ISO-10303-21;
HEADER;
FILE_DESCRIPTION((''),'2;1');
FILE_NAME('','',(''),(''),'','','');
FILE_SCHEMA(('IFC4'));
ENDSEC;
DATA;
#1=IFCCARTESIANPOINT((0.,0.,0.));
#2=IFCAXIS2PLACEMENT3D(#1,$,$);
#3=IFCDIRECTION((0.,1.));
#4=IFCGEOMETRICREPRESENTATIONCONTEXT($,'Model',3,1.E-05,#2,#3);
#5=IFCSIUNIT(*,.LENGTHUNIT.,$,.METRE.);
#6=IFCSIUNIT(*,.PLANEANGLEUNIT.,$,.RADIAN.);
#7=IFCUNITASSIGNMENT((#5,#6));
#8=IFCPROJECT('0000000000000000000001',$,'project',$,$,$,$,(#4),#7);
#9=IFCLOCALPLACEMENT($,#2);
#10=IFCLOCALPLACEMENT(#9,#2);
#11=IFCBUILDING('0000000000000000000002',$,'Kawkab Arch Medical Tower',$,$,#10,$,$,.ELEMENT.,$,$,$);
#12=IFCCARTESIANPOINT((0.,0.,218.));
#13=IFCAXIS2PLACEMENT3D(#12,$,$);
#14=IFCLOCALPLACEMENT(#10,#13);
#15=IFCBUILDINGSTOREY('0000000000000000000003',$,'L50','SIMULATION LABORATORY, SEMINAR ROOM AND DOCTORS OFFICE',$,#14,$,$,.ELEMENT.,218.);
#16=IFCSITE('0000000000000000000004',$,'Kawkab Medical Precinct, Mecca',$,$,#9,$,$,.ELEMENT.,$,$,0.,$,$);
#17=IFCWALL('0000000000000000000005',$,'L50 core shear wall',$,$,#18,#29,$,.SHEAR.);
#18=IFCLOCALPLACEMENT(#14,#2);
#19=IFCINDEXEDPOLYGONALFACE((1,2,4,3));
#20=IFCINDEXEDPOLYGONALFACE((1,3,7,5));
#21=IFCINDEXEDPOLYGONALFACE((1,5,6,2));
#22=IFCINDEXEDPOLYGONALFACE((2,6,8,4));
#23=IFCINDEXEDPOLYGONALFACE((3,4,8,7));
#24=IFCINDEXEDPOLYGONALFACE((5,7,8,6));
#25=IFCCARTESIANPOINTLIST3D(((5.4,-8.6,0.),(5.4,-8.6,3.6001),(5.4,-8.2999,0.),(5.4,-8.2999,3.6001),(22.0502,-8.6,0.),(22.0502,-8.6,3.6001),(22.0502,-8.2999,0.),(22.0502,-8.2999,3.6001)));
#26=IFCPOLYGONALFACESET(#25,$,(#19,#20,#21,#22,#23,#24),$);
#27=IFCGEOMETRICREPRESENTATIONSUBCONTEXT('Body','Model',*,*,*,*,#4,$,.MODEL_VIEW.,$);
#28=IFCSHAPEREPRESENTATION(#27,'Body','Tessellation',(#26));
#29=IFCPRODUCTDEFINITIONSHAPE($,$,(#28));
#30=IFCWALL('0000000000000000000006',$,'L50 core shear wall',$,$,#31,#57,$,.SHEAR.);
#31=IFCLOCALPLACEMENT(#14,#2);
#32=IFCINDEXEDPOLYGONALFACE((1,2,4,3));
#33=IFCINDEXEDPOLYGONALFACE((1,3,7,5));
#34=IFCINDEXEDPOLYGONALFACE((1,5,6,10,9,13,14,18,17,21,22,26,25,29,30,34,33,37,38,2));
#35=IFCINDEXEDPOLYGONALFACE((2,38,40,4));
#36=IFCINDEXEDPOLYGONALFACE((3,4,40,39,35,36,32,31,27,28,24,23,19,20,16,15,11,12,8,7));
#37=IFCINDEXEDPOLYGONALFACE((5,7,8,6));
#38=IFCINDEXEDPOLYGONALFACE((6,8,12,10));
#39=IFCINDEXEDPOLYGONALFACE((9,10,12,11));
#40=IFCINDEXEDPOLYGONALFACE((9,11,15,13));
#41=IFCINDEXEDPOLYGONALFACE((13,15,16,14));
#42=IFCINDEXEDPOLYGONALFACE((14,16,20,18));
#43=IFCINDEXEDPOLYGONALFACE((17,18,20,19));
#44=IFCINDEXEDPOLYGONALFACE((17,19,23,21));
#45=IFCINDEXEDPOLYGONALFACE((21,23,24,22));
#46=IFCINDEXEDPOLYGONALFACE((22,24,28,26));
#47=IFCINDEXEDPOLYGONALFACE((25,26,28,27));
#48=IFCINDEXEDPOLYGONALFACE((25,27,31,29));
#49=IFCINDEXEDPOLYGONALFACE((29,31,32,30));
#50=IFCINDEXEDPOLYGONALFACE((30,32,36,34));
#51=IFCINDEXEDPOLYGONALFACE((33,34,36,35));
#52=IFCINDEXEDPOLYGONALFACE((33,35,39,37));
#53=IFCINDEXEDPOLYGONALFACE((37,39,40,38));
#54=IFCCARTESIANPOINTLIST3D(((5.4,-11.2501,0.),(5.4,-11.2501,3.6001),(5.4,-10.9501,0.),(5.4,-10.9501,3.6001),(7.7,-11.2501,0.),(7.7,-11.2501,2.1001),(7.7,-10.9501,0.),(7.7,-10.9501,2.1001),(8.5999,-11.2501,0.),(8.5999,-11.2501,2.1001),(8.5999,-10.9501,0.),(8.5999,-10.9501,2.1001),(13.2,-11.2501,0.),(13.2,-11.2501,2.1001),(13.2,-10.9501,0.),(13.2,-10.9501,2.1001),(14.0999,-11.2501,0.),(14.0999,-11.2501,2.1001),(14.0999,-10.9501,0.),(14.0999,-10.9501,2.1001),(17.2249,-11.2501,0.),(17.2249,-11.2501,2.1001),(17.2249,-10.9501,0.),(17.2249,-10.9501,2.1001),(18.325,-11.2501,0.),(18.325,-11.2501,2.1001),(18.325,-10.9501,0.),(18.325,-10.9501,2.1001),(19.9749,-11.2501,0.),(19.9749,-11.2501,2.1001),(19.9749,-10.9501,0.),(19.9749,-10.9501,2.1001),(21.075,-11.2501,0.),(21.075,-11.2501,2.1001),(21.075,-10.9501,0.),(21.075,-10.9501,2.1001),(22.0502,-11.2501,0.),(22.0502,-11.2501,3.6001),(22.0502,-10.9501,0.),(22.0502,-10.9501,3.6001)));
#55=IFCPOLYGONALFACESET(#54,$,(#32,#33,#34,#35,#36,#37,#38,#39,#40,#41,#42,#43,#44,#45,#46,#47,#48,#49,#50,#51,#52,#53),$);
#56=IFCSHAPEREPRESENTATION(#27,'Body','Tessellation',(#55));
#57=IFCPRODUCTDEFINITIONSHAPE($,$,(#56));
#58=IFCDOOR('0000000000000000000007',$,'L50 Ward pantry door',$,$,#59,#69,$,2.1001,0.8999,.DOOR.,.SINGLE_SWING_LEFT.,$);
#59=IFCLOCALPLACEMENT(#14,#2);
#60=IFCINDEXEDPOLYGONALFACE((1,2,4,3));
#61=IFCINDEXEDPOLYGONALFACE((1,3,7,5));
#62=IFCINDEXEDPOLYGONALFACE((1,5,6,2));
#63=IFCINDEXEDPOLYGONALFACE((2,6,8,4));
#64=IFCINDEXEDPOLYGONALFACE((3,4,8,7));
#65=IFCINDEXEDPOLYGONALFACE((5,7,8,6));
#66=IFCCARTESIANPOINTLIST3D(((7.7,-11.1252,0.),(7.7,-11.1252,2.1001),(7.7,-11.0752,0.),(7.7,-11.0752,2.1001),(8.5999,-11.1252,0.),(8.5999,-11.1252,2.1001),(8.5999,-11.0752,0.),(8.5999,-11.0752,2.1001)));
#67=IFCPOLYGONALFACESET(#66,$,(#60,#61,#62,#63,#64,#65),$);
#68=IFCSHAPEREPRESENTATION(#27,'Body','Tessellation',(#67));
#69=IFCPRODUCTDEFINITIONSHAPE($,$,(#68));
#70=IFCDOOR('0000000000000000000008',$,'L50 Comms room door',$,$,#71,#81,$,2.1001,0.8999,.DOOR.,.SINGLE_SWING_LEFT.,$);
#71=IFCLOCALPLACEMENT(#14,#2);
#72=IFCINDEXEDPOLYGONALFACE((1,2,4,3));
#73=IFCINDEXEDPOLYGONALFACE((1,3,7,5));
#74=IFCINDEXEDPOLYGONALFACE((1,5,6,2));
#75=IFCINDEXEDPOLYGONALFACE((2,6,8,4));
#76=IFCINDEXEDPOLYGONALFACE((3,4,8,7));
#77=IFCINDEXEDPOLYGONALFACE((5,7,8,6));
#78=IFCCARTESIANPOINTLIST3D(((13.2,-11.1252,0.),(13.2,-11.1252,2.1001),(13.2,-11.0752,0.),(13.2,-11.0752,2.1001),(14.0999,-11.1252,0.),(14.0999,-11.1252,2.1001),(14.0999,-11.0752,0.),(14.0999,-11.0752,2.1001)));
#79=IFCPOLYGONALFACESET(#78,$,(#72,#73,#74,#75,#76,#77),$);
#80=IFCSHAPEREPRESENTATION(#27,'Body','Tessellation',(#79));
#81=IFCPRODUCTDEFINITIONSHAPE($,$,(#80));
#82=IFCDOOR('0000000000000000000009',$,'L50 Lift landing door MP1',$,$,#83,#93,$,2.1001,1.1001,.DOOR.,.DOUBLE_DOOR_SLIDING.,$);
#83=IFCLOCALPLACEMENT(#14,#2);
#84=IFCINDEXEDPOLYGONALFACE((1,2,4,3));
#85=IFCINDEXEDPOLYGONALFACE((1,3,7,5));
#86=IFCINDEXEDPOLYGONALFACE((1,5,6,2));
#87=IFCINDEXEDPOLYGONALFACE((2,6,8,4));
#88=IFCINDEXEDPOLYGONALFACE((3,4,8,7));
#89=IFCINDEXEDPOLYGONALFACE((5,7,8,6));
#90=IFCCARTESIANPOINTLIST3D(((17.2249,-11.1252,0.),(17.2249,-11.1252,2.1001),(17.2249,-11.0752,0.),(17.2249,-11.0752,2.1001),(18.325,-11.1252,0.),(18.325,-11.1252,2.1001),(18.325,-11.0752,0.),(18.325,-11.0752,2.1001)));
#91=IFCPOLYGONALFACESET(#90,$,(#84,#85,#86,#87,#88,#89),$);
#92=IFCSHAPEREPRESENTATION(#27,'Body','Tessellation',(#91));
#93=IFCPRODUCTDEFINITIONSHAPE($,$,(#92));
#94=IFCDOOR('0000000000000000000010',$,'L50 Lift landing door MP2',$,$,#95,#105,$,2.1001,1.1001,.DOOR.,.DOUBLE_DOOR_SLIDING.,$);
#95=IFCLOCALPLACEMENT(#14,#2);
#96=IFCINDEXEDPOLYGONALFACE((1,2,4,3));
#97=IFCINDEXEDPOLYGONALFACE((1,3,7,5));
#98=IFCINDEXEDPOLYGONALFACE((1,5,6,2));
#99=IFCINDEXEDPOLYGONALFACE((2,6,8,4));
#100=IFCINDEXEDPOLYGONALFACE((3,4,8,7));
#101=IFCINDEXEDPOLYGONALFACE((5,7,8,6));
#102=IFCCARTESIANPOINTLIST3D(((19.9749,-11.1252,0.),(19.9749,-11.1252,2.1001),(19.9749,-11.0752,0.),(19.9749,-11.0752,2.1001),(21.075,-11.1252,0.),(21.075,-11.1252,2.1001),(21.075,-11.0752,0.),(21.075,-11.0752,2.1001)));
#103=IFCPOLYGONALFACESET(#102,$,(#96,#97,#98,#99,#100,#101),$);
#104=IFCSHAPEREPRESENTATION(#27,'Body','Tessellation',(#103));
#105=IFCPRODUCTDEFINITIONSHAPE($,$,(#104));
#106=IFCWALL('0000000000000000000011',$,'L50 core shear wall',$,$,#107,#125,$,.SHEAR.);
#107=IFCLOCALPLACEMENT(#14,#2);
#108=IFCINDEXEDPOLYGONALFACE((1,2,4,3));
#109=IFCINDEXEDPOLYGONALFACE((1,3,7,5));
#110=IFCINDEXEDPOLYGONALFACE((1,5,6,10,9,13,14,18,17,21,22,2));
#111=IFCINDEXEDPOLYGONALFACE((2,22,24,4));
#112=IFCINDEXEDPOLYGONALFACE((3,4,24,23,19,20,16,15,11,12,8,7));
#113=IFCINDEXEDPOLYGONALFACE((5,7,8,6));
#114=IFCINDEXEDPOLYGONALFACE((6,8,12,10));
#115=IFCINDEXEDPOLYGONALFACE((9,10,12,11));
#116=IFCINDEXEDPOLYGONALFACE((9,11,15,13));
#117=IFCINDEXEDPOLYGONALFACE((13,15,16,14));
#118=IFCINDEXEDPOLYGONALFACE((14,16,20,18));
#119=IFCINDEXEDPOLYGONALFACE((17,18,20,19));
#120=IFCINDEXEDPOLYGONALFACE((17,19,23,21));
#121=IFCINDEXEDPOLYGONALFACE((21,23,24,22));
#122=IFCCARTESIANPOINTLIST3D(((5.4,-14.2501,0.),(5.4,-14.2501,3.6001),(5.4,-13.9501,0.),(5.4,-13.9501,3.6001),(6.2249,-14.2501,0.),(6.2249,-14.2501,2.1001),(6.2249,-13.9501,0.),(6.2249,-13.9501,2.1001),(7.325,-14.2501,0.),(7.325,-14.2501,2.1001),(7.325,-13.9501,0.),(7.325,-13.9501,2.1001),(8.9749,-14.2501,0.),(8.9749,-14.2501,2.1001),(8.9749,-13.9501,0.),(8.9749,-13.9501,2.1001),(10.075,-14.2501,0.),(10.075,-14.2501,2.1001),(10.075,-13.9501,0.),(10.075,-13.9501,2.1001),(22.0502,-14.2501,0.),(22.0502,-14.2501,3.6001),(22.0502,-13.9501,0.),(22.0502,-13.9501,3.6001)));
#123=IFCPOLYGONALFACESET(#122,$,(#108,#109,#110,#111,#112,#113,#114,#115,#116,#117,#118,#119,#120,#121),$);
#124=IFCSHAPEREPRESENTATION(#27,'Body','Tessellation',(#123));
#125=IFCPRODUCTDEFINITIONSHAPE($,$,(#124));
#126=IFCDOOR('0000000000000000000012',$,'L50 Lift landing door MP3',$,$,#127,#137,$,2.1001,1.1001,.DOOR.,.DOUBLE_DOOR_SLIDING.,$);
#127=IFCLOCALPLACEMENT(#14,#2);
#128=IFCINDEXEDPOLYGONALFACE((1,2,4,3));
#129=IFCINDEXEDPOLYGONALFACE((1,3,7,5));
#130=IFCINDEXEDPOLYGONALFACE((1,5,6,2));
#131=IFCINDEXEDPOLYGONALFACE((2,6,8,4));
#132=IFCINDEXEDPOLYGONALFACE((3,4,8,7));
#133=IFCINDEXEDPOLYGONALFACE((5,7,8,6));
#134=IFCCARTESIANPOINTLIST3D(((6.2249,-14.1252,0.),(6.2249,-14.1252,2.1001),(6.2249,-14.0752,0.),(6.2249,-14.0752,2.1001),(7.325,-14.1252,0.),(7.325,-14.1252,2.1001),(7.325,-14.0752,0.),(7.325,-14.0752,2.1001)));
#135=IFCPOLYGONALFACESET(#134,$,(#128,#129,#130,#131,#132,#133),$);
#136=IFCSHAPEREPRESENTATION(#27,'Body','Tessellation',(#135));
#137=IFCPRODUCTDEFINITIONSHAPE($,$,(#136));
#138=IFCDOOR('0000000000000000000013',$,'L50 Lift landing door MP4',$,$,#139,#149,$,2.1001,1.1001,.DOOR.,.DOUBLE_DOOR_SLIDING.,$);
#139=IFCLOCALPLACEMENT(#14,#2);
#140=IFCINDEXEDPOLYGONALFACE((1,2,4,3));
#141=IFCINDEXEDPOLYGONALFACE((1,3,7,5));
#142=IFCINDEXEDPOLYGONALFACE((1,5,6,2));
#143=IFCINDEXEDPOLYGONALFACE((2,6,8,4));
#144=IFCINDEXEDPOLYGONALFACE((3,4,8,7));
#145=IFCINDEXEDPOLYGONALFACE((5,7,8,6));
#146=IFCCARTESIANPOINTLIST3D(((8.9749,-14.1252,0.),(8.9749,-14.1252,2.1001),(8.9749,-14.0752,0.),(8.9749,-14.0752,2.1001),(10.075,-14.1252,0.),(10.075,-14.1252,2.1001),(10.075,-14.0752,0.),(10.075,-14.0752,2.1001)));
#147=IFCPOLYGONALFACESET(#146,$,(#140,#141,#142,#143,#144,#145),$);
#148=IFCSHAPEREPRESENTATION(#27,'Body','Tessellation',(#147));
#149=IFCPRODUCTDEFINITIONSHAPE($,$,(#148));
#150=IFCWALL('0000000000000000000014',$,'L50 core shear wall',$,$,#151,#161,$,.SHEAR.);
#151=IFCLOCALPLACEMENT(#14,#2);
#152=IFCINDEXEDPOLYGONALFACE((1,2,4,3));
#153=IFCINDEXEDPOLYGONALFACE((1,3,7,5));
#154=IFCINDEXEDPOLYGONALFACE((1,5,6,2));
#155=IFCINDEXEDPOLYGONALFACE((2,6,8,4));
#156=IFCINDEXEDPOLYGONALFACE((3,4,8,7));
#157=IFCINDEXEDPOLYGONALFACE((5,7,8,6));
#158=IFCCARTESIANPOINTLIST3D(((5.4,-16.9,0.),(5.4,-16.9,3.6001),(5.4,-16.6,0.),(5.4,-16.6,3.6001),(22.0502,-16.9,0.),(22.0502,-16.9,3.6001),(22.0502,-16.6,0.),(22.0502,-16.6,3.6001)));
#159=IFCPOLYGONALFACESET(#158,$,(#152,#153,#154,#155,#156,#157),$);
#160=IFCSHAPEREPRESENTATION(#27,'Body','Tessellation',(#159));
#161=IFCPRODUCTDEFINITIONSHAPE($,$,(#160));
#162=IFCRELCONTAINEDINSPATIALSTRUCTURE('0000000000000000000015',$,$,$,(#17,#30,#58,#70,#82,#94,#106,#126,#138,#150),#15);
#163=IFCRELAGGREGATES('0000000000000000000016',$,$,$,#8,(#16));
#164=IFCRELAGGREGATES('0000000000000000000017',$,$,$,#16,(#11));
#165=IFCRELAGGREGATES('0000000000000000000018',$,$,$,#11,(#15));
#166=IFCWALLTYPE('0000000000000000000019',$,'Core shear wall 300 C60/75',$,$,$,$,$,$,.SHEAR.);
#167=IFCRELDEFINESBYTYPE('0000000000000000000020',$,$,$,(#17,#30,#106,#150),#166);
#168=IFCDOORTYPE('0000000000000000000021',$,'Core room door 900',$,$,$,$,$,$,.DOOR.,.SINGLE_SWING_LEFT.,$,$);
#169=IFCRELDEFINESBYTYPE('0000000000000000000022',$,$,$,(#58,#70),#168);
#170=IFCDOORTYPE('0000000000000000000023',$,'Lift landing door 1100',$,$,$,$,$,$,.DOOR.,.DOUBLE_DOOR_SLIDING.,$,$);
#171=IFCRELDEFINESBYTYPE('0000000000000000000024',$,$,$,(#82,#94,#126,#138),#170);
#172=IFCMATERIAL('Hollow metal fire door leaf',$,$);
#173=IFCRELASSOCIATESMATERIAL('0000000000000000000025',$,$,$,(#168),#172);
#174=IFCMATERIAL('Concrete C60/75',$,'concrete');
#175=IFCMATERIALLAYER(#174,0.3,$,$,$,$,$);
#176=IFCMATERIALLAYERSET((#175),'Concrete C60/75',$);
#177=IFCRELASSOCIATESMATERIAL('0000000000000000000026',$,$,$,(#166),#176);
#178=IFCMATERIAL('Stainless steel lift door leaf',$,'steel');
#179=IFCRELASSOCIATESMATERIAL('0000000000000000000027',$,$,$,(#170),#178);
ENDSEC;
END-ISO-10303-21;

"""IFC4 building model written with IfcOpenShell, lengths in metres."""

from ifc_helpers import new_model, si_unit, direction, frame, frame_2d, origin, place, context, subcontext, project, spatial, rectangle, extrude, material, layer, layer_set, type_object, element, fill, save


model = new_model("IFC4")

# Units and contexts
model_context = context("Model", 3, precision=1e-05, world=origin(), true_north=direction((0.0, 1.0)))
body_context = subcontext(model_context, "Body", "Model", "MODEL_VIEW")
ifc_project = project(units=[si_unit("LENGTHUNIT", "METRE"), si_unit("PLANEANGLEUNIT", "RADIAN")], contexts=[model_context])

# Site, building, storey
site_placement = place(None, origin())
site = spatial("IfcSite", under=ifc_project, at=site_placement, Name="Kawkab Medical Precinct, Mecca", CompositionType="ELEMENT", RefElevation=0.0)
building_placement = place(site_placement, origin())
building = spatial("IfcBuilding", under=site, at=building_placement, Name="Kawkab Arch Medical Tower", CompositionType="ELEMENT")
storey_placement = place(building_placement, frame((0.0, 0.0, 218.0)))
storey = spatial("IfcBuildingStorey", under=building, at=storey_placement, Name="L50", Description="SIMULATION LABORATORY, SEMINAR ROOM AND DOCTORS OFFICE", CompositionType="ELEMENT", Elevation=218.0)

# Shared definitions
ifc_material_1 = material(Name="Hollow metal fire door leaf")
door_type_1 = type_object("IfcDoorType", Name="Core room door 900", OperationType="SINGLE_SWING_LEFT", PredefinedType="DOOR", material=ifc_material_1)

# Wall
ifc_material_2 = material(Name="Concrete C60/75", Category="concrete")
ifc_layer_1 = layer(ifc_material_2, 0.3)
ifc_layer_set_1 = layer_set([ifc_layer_1], Name="Concrete C60/75")
wall_type_1 = type_object("IfcWallType", Name="Core shear wall 300 C60/75", PredefinedType="SHEAR", material=ifc_layer_set_1)
wall_1_placement = place(storey_placement, frame((5.3999, -8.45, 0.0), z_axis=(0.0, 0.0, 1.0), x_axis=(1.0, 0.0, 0.0)))
element("IfcWall", 1, at=wall_1_placement, inside=storey, type_object=wall_type_1, Name="L50 core shear wall", PredefinedType="SHEAR", context=body_context, shape_type="SweptSolid", body=[
    extrude(rectangle(XDim=16.6501, YDim=0.3, at=frame_2d((8.3252, 0.0))), origin(), (0.0, 0.0, 1.0), 3.6001),
])

# Walls, openings, doors
wall_2_placement = place(storey_placement, frame((5.3999, -11.1001, 0.0), z_axis=(0.0, 0.0, 1.0), x_axis=(1.0, 0.0, 0.0)))
wall_2 = element("IfcWall", 2, at=wall_2_placement, inside=storey, type_object=wall_type_1, Name="L50 core shear wall", PredefinedType="SHEAR", context=body_context, shape_type="SweptSolid", body=[
    extrude(rectangle(XDim=16.6501, YDim=0.3, at=frame_2d((8.3252, 0.0))), origin(), (0.0, 0.0, 1.0), 3.6001),
])
opening_1_placement = place(wall_2_placement, frame((11.825, 0.0, 0.0)))
opening_1 = element("IfcOpeningElement", 3, at=opening_1_placement, cuts=wall_2, PredefinedType="OPENING", context=body_context, shape_type="SweptSolid", body=[
    extrude(rectangle(XDim=1.1001, YDim=2.1001, at=frame_2d((0.55, 1.05))), frame((0.0, 0.1599, 0.0), z_axis=(0.0, -1.0, 0.0), x_axis=(1.0, 0.0, 0.0)), (0.0, 0.0, 1.0), 0.3201),
])
opening_2_placement = place(wall_2_placement, frame((14.575, 0.0, 0.0)))
opening_2 = element("IfcOpeningElement", 4, at=opening_2_placement, cuts=wall_2, PredefinedType="OPENING", context=body_context, shape_type="SweptSolid", body=[
    extrude(rectangle(XDim=1.1001, YDim=2.1001, at=frame_2d((0.55, 1.05))), frame((0.0, 0.1599, 0.0), z_axis=(0.0, -1.0, 0.0), x_axis=(1.0, 0.0, 0.0)), (0.0, 0.0, 1.0), 0.3201),
])
opening_3_placement = place(wall_2_placement, frame((2.3, 0.0, 0.0)))
opening_3 = element("IfcOpeningElement", 5, at=opening_3_placement, cuts=wall_2, PredefinedType="OPENING", context=body_context, shape_type="SweptSolid", body=[
    extrude(rectangle(XDim=0.8999, YDim=2.1001, at=frame_2d((0.45, 1.05))), frame((0.0, 0.1599, 0.0), z_axis=(0.0, -1.0, 0.0), x_axis=(1.0, 0.0, 0.0)), (0.0, 0.0, 1.0), 0.3201),
])
opening_4_placement = place(wall_2_placement, frame((7.8, 0.0, 0.0)))
opening_4 = element("IfcOpeningElement", 6, at=opening_4_placement, cuts=wall_2, PredefinedType="OPENING", context=body_context, shape_type="SweptSolid", body=[
    extrude(rectangle(XDim=0.8999, YDim=2.1001, at=frame_2d((0.45, 1.05))), frame((0.0, 0.1599, 0.0), z_axis=(0.0, -1.0, 0.0), x_axis=(1.0, 0.0, 0.0)), (0.0, 0.0, 1.0), 0.3201),
])
door_1_placement = place(opening_3_placement, origin())
door_1 = element("IfcDoor", 7, at=door_1_placement, inside=storey, type_object=door_type_1, Name="L50 Ward pantry door", OperationType="SINGLE_SWING_LEFT", OverallHeight=2.1001, OverallWidth=0.8999, PredefinedType="DOOR", context=body_context, shape_type="SweptSolid", body=[
    extrude(rectangle(XDim=0.8999, YDim=2.1001, at=frame_2d((0.45, 1.05))), frame((0.0, 0.0249, 0.0), z_axis=(0.0, -1.0, 0.0), x_axis=(1.0, 0.0, 0.0)), (0.0, 0.0, 1.0), 0.05),
])
fill(opening_3, door_1)
door_2_placement = place(opening_4_placement, origin())
door_2 = element("IfcDoor", 8, at=door_2_placement, inside=storey, type_object=door_type_1, Name="L50 Comms room door", OperationType="SINGLE_SWING_LEFT", OverallHeight=2.1001, OverallWidth=0.8999, PredefinedType="DOOR", context=body_context, shape_type="SweptSolid", body=[
    extrude(rectangle(XDim=0.8999, YDim=2.1001, at=frame_2d((0.45, 1.05))), frame((0.0, 0.0249, 0.0), z_axis=(0.0, -1.0, 0.0), x_axis=(1.0, 0.0, 0.0)), (0.0, 0.0, 1.0), 0.05),
])
fill(opening_4, door_2)
ifc_material_3 = material(Name="Stainless steel lift door leaf", Category="steel")
door_type_2 = type_object("IfcDoorType", Name="Lift landing door 1100", OperationType="DOUBLE_DOOR_SLIDING", PredefinedType="DOOR", material=ifc_material_3)
door_3_placement = place(opening_1_placement, origin())
door_3 = element("IfcDoor", 9, at=door_3_placement, inside=storey, type_object=door_type_2, Name="L50 Lift landing door MP1", OperationType="DOUBLE_DOOR_SLIDING", OverallHeight=2.1001, OverallWidth=1.1001, PredefinedType="DOOR", context=body_context, shape_type="SweptSolid", body=[
    extrude(rectangle(XDim=1.1001, YDim=2.1001, at=frame_2d((0.55, 1.05))), frame((0.0, 0.0249, 0.0), z_axis=(0.0, -1.0, 0.0), x_axis=(1.0, 0.0, 0.0)), (0.0, 0.0, 1.0), 0.05),
])
fill(opening_1, door_3)
door_4_placement = place(opening_2_placement, origin())
door_4 = element("IfcDoor", 10, at=door_4_placement, inside=storey, type_object=door_type_2, Name="L50 Lift landing door MP2", OperationType="DOUBLE_DOOR_SLIDING", OverallHeight=2.1001, OverallWidth=1.1001, PredefinedType="DOOR", context=body_context, shape_type="SweptSolid", body=[
    extrude(rectangle(XDim=1.1001, YDim=2.1001, at=frame_2d((0.55, 1.05))), frame((0.0, 0.0249, 0.0), z_axis=(0.0, -1.0, 0.0), x_axis=(1.0, 0.0, 0.0)), (0.0, 0.0, 1.0), 0.05),
])
fill(opening_2, door_4)
wall_3_placement = place(storey_placement, frame((5.3999, -14.1001, 0.0), z_axis=(0.0, 0.0, 1.0), x_axis=(1.0, 0.0, 0.0)))
wall_3 = element("IfcWall", 11, at=wall_3_placement, inside=storey, type_object=wall_type_1, Name="L50 core shear wall", PredefinedType="SHEAR", context=body_context, shape_type="SweptSolid", body=[
    extrude(rectangle(XDim=16.6501, YDim=0.3, at=frame_2d((8.3252, 0.0))), origin(), (0.0, 0.0, 1.0), 3.6001),
])
opening_5_placement = place(wall_3_placement, frame((0.825, 0.0, 0.0)))
opening_5 = element("IfcOpeningElement", 12, at=opening_5_placement, cuts=wall_3, PredefinedType="OPENING", context=body_context, shape_type="SweptSolid", body=[
    extrude(rectangle(XDim=1.1001, YDim=2.1001, at=frame_2d((0.55, 1.05))), frame((0.0, 0.1599, 0.0), z_axis=(0.0, -1.0, 0.0), x_axis=(1.0, 0.0, 0.0)), (0.0, 0.0, 1.0), 0.3201),
])
opening_6_placement = place(wall_3_placement, frame((3.575, 0.0, 0.0)))
opening_6 = element("IfcOpeningElement", 13, at=opening_6_placement, cuts=wall_3, PredefinedType="OPENING", context=body_context, shape_type="SweptSolid", body=[
    extrude(rectangle(XDim=1.1001, YDim=2.1001, at=frame_2d((0.55, 1.05))), frame((0.0, 0.1599, 0.0), z_axis=(0.0, -1.0, 0.0), x_axis=(1.0, 0.0, 0.0)), (0.0, 0.0, 1.0), 0.3201),
])
door_5_placement = place(opening_5_placement, origin())
door_5 = element("IfcDoor", 14, at=door_5_placement, inside=storey, type_object=door_type_2, Name="L50 Lift landing door MP3", OperationType="DOUBLE_DOOR_SLIDING", OverallHeight=2.1001, OverallWidth=1.1001, PredefinedType="DOOR", context=body_context, shape_type="SweptSolid", body=[
    extrude(rectangle(XDim=1.1001, YDim=2.1001, at=frame_2d((0.55, 1.05))), frame((0.0, 0.0249, 0.0), z_axis=(0.0, -1.0, 0.0), x_axis=(1.0, 0.0, 0.0)), (0.0, 0.0, 1.0), 0.05),
])
fill(opening_5, door_5)
door_6_placement = place(opening_6_placement, origin())
door_6 = element("IfcDoor", 15, at=door_6_placement, inside=storey, type_object=door_type_2, Name="L50 Lift landing door MP4", OperationType="DOUBLE_DOOR_SLIDING", OverallHeight=2.1001, OverallWidth=1.1001, PredefinedType="DOOR", context=body_context, shape_type="SweptSolid", body=[
    extrude(rectangle(XDim=1.1001, YDim=2.1001, at=frame_2d((0.55, 1.05))), frame((0.0, 0.0249, 0.0), z_axis=(0.0, -1.0, 0.0), x_axis=(1.0, 0.0, 0.0)), (0.0, 0.0, 1.0), 0.05),
])
fill(opening_6, door_6)

# Wall
wall_4_placement = place(storey_placement, frame((5.3999, -16.75, 0.0), z_axis=(0.0, 0.0, 1.0), x_axis=(1.0, 0.0, 0.0)))
element("IfcWall", 16, at=wall_4_placement, inside=storey, type_object=wall_type_1, Name="L50 core shear wall", PredefinedType="SHEAR", context=body_context, shape_type="SweptSolid", body=[
    extrude(rectangle(XDim=16.6501, YDim=0.3, at=frame_2d((8.3252, 0.0))), origin(), (0.0, 0.0, 1.0), 3.6001),
])

save(model, "model.ifc")
